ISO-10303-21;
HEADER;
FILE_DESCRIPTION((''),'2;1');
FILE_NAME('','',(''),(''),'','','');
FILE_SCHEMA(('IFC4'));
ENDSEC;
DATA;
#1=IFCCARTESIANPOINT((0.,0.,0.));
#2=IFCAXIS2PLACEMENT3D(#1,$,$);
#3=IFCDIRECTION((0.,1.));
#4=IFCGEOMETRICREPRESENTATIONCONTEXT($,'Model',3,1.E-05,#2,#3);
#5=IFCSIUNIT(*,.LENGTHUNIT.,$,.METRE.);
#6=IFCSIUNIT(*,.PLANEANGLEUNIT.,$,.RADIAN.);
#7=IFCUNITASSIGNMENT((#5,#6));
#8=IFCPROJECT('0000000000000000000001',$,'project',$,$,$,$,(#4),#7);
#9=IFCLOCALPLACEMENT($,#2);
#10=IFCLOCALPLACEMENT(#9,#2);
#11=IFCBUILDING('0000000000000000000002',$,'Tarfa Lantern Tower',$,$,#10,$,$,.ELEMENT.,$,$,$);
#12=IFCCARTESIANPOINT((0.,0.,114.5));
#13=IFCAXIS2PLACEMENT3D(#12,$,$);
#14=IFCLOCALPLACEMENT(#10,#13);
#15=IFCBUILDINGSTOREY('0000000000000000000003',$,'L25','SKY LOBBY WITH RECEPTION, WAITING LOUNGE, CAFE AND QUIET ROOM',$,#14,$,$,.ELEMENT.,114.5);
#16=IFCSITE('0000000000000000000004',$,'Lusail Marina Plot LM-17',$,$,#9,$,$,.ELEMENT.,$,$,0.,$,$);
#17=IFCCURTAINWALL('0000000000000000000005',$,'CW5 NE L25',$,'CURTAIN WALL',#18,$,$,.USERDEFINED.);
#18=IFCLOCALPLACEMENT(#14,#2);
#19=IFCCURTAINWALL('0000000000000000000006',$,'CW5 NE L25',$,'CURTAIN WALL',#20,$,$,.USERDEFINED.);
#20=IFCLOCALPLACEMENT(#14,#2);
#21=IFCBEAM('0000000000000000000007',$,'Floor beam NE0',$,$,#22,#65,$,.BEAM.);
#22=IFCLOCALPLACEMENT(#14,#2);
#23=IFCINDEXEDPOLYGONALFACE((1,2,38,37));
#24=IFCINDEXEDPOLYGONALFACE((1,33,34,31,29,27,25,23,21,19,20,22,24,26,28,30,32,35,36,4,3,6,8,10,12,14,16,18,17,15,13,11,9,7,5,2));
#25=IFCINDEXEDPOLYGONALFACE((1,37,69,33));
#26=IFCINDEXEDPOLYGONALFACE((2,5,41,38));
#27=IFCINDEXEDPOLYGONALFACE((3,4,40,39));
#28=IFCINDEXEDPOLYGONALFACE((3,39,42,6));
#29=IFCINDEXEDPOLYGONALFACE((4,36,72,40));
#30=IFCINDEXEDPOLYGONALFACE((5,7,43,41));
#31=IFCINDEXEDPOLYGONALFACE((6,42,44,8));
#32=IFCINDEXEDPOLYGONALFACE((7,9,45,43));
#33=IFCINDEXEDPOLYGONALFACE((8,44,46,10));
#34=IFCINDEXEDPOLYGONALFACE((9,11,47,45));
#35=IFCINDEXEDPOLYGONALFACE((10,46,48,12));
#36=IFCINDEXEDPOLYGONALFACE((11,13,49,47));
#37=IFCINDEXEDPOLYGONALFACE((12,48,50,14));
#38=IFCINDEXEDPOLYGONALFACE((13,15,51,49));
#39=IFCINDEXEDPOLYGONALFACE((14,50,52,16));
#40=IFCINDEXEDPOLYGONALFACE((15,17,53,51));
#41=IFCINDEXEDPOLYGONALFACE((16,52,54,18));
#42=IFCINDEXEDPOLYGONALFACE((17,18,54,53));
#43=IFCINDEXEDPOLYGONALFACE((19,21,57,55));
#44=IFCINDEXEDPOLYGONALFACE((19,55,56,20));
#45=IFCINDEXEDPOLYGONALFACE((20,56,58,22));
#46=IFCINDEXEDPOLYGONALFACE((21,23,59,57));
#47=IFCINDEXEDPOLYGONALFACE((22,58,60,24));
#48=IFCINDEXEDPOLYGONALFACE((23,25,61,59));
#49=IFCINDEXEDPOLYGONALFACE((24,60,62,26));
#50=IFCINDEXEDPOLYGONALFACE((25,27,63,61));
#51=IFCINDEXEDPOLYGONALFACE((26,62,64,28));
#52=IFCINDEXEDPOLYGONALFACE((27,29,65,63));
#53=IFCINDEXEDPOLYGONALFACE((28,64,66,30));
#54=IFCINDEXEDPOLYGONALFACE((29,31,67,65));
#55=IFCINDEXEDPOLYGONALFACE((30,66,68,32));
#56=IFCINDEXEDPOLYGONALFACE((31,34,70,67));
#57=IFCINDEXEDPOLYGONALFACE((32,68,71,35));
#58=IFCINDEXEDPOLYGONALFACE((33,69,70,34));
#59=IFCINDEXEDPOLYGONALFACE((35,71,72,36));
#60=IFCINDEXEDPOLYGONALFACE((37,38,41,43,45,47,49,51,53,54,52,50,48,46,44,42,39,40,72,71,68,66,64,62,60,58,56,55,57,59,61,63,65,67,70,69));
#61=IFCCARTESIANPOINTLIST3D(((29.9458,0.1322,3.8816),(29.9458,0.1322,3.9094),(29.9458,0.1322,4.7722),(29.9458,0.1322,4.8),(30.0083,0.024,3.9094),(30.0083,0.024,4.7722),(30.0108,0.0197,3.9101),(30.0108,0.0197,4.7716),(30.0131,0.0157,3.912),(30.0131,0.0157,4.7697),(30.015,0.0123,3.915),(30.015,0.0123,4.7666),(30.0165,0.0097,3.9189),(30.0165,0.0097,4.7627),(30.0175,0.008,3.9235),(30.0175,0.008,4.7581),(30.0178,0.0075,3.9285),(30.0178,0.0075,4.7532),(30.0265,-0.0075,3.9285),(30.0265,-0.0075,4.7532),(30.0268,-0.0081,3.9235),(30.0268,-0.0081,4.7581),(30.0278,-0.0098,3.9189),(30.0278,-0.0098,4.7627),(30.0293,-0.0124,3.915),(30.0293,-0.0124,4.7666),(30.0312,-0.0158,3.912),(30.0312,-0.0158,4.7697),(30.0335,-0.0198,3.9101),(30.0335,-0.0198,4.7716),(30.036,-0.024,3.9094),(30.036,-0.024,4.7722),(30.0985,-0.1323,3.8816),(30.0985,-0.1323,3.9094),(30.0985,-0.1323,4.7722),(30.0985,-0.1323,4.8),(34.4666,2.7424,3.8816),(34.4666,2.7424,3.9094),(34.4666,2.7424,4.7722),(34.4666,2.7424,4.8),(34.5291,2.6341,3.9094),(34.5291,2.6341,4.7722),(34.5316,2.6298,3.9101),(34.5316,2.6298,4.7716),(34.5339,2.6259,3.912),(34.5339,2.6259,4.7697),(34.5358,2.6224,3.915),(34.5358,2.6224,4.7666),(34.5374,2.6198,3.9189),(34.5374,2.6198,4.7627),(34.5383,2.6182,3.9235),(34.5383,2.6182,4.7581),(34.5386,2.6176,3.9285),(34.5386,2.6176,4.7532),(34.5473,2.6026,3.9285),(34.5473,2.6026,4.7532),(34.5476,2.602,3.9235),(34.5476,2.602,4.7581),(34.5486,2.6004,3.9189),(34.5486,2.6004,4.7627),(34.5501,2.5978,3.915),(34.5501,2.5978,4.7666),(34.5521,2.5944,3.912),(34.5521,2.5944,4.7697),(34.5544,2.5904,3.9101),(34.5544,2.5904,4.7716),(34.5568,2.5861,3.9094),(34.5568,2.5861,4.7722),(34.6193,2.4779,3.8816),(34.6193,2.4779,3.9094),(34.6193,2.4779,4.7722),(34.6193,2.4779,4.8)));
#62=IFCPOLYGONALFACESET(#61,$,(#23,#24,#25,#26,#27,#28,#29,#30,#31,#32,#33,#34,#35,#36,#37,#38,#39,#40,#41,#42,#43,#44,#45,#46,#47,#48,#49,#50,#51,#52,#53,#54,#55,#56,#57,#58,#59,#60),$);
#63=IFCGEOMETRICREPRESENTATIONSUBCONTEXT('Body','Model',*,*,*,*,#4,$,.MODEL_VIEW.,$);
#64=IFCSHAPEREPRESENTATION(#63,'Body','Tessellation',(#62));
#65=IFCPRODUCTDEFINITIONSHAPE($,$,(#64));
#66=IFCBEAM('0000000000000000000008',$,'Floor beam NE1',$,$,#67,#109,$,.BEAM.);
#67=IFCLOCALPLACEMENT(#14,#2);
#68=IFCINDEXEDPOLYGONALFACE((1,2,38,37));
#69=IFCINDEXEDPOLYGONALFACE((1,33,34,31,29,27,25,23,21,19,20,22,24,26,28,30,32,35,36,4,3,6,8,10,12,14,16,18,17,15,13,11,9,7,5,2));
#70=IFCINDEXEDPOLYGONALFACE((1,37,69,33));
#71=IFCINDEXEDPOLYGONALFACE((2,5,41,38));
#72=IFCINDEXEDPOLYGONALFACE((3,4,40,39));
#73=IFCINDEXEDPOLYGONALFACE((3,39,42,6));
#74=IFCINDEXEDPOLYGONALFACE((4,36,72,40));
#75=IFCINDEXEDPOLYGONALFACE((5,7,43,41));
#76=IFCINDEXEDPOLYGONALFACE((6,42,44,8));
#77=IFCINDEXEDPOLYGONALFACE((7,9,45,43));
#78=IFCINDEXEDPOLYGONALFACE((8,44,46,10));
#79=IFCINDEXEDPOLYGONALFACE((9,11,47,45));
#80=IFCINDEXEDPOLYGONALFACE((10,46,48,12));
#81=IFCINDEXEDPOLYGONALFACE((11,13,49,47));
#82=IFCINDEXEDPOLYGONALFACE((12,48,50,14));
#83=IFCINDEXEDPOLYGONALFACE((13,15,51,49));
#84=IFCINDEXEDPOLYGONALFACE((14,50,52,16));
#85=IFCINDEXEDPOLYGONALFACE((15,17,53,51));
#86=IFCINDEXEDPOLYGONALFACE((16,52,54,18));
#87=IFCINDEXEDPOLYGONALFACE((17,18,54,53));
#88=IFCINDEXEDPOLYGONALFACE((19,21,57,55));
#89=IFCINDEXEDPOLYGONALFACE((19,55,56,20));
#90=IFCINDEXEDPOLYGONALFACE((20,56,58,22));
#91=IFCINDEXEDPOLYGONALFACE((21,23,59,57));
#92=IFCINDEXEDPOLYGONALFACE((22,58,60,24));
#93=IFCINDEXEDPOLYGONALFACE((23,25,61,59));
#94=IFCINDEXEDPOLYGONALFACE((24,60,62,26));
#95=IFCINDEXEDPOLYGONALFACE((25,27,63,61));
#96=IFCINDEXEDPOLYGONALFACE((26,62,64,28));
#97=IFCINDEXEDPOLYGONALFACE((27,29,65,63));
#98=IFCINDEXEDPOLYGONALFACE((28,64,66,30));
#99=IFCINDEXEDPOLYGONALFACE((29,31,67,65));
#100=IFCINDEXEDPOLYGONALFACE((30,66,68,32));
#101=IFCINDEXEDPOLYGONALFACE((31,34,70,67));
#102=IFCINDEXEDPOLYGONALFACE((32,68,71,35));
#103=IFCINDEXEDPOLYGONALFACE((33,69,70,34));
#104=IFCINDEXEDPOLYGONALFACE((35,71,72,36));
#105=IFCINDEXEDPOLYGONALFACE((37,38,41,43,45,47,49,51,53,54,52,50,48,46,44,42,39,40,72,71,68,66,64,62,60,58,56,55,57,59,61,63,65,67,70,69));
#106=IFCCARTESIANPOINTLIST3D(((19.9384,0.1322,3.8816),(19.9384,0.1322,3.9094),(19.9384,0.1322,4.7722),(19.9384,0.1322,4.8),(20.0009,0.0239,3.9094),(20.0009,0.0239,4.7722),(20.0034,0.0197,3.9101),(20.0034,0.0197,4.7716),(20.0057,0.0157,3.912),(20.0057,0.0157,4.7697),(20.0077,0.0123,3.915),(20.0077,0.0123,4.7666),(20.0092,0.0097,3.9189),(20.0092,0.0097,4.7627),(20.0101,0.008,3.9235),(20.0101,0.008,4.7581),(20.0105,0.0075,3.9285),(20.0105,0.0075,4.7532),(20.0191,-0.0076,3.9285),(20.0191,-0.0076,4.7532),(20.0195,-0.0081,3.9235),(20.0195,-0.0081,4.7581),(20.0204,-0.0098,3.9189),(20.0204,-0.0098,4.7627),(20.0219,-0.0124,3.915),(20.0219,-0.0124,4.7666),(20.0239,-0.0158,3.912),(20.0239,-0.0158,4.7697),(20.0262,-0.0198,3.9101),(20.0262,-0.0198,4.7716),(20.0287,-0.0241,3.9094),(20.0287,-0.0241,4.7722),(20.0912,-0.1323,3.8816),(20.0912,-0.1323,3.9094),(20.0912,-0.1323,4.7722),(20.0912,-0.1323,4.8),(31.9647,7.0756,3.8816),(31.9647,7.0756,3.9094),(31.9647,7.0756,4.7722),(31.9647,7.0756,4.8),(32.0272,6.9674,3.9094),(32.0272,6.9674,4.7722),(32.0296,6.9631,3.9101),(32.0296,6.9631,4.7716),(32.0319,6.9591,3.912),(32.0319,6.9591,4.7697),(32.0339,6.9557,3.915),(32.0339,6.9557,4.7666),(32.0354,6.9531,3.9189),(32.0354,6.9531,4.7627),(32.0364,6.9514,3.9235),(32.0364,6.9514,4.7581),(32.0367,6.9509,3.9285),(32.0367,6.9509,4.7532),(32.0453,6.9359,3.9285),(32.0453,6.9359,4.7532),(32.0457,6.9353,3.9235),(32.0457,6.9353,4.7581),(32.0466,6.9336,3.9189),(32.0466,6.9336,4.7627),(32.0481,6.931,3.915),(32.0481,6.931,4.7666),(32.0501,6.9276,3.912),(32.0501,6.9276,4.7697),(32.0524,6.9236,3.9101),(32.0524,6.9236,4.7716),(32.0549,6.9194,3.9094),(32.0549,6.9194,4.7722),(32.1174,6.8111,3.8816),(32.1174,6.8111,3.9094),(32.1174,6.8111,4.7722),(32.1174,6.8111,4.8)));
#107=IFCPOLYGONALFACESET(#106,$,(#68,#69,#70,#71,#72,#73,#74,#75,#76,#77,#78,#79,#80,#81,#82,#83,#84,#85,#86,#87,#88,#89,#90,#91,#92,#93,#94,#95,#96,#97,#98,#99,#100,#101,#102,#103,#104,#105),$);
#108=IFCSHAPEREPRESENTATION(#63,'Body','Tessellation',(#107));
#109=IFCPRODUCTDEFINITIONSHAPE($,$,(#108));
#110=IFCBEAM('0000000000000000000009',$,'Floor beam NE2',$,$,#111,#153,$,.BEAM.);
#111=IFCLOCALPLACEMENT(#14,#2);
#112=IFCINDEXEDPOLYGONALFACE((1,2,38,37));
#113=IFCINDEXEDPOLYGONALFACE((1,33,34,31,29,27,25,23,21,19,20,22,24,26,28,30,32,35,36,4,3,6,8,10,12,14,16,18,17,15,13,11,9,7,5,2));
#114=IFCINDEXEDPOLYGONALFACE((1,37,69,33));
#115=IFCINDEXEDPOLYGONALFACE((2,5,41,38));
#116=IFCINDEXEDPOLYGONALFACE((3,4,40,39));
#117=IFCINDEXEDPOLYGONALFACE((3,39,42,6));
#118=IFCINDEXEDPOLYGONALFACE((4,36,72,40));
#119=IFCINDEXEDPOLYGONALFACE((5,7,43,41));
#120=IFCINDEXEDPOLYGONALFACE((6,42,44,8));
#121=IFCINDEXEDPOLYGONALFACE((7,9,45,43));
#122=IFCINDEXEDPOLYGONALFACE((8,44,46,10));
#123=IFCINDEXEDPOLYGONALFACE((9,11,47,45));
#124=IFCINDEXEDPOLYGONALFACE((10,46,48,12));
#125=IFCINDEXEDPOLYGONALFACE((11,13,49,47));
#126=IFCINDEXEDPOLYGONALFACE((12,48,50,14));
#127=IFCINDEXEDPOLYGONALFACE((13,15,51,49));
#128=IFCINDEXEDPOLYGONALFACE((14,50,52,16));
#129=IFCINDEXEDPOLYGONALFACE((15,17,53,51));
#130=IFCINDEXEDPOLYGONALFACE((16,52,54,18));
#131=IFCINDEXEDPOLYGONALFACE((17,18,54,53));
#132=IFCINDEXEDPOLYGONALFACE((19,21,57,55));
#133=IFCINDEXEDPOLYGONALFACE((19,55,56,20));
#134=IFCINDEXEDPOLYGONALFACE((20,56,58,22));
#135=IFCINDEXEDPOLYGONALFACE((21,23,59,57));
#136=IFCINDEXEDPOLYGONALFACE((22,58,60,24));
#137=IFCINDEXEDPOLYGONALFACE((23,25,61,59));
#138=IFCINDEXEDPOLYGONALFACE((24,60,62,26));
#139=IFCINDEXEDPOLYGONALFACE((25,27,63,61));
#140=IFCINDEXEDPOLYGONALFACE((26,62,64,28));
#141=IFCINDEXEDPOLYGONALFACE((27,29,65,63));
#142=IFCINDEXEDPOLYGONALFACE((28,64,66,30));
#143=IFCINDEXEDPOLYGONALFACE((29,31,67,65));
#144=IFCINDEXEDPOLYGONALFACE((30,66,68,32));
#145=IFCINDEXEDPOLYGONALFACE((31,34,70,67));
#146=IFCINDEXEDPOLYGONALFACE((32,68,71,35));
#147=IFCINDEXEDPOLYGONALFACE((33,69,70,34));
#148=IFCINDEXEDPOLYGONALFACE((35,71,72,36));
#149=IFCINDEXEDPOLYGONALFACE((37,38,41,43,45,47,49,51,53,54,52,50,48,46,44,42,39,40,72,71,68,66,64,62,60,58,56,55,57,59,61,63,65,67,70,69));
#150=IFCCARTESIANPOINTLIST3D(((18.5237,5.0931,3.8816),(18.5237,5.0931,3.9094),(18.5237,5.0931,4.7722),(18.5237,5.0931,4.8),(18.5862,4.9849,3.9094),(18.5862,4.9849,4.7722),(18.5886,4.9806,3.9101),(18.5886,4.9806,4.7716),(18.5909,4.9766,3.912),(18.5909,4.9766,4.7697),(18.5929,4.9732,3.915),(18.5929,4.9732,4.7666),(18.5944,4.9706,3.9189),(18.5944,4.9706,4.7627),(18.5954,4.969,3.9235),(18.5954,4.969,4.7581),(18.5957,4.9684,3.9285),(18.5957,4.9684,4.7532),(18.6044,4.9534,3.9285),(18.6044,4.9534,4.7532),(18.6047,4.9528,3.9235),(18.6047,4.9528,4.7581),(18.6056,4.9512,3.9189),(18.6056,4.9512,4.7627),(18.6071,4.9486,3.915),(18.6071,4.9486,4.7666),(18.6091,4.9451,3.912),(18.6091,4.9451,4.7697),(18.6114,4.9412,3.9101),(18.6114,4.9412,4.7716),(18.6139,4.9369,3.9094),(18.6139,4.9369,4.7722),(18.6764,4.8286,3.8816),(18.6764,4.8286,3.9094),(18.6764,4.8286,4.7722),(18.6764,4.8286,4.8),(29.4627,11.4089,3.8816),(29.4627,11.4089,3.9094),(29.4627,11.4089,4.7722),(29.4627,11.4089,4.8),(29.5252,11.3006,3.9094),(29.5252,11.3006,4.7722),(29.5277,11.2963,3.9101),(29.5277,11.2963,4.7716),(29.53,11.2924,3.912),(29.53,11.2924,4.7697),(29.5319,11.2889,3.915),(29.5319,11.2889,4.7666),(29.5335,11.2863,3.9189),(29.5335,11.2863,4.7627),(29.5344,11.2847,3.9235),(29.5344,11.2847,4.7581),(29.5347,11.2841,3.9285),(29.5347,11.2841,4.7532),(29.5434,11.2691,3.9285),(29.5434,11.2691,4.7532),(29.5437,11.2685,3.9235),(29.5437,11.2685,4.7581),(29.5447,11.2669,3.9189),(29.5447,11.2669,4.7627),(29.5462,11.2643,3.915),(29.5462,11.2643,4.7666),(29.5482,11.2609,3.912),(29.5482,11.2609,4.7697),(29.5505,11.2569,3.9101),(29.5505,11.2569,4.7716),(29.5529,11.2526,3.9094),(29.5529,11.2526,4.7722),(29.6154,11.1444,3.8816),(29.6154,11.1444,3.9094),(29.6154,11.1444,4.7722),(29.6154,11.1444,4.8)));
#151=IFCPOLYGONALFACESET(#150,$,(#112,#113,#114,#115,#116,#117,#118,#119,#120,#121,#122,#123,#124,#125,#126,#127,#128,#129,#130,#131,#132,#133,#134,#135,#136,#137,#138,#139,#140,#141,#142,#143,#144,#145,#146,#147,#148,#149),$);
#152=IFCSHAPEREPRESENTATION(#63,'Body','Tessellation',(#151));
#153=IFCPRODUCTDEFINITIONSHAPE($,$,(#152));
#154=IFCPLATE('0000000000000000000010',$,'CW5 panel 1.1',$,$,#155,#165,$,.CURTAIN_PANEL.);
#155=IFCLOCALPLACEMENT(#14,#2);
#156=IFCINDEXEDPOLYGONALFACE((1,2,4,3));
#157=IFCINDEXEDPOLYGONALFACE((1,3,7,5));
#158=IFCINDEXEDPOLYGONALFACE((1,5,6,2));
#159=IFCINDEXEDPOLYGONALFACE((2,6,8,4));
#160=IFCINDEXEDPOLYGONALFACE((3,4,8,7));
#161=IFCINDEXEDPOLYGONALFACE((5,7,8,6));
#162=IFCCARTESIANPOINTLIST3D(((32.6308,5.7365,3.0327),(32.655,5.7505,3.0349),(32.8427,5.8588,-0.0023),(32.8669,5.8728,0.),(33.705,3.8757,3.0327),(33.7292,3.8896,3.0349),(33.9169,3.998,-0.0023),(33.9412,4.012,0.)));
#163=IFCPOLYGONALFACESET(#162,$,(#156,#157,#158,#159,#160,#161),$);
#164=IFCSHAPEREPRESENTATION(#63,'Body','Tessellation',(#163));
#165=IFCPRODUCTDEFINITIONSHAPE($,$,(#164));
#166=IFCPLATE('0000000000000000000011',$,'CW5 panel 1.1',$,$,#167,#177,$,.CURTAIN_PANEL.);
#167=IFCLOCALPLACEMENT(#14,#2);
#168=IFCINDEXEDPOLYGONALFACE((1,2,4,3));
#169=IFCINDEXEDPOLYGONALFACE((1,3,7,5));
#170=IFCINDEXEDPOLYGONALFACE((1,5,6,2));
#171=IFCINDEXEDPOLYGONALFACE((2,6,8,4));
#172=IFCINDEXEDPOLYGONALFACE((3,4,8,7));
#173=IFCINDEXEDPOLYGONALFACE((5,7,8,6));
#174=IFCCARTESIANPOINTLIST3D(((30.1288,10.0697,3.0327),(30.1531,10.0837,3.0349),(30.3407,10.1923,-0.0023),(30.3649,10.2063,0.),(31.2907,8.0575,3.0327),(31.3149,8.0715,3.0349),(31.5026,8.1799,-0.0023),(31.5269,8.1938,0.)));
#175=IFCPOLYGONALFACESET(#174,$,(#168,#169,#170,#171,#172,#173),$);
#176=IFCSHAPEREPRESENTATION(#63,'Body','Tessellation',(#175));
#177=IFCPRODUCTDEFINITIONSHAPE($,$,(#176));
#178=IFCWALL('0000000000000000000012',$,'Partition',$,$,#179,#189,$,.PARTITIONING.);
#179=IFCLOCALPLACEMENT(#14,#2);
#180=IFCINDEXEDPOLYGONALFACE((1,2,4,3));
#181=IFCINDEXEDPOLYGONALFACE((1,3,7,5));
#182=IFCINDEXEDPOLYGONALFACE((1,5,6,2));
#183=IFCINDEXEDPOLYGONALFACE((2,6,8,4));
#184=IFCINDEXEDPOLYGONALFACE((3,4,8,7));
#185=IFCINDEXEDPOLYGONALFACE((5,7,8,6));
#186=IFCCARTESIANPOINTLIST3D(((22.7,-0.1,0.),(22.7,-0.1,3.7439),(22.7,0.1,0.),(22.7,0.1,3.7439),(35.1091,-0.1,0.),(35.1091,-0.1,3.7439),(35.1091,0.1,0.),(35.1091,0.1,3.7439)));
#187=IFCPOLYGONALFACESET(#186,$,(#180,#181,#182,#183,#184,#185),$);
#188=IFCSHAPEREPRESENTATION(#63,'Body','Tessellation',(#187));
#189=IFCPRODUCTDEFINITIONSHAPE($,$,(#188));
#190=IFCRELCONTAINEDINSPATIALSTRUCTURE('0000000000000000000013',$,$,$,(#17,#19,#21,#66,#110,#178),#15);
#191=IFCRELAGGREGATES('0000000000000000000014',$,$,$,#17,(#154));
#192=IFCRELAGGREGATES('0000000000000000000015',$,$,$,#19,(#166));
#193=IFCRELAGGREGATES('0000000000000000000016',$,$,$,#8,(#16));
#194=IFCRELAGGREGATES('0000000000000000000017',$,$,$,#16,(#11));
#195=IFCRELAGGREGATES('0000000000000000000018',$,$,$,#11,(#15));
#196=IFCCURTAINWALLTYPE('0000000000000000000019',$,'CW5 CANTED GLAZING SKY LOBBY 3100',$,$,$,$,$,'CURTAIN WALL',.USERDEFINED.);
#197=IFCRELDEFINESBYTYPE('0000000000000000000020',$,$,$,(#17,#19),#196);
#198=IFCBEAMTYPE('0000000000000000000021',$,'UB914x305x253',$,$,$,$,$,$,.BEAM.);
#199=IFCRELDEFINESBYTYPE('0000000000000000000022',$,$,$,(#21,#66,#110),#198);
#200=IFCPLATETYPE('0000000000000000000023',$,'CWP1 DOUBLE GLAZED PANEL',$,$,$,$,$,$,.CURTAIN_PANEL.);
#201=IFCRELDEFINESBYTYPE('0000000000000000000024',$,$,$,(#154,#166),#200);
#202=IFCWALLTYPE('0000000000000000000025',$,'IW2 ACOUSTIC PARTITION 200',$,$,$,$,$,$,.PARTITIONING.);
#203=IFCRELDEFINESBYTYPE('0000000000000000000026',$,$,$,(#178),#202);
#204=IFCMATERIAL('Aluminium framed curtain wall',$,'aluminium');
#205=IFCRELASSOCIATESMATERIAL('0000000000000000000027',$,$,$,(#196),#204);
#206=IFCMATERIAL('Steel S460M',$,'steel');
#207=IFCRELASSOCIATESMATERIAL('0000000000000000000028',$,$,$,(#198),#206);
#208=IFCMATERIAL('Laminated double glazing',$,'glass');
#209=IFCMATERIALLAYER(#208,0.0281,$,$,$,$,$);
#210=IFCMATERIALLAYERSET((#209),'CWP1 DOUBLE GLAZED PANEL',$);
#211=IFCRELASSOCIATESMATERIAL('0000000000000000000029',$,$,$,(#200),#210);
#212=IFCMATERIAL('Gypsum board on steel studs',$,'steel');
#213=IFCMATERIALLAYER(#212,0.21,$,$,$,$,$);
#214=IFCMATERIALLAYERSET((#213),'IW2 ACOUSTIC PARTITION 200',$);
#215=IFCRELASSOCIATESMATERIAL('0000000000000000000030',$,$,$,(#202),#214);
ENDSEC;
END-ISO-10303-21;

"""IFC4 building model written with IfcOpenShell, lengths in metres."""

from ifc_helpers import new_model, si_unit, direction, frame, frame_2d, origin, origin_2d, place, context, subcontext, project, spatial, polyline, rectangle, i_section, outline, extrude, material, layer, layer_set, material_profile, profile_set, type_object, element, aggregate, save


model = new_model("IFC4")

# Units and contexts
model_context = context("Model", 3, precision=1e-05, world=origin(), true_north=direction((0.0, 1.0)))
body_context = subcontext(model_context, "Body", "Model", "MODEL_VIEW")
ifc_project = project(units=[si_unit("LENGTHUNIT", "METRE"), si_unit("PLANEANGLEUNIT", "RADIAN")], contexts=[model_context])

# Site, building, storey
site_placement = place(None, origin())
site = spatial("IfcSite", under=ifc_project, at=site_placement, Name="Lusail Marina Plot LM-17", CompositionType="ELEMENT", RefElevation=0.0)
building_placement = place(site_placement, origin())
building = spatial("IfcBuilding", under=site, at=building_placement, Name="Tarfa Lantern Tower", CompositionType="ELEMENT")
storey_placement = place(building_placement, frame((0.0, 0.0, 114.5)))
storey = spatial("IfcBuildingStorey", under=building, at=storey_placement, Name="L25", Description="SKY LOBBY WITH RECEPTION, WAITING LOUNGE, CAFE AND QUIET ROOM", CompositionType="ELEMENT", Elevation=114.5)

# Curtain walls
ifc_material_1 = material(Name="Aluminium framed curtain wall", Category="aluminium")
curtain_wall_type = type_object("IfcCurtainWallType", Name="CW5 CANTED GLAZING SKY LOBBY 3100", ElementType="CURTAIN WALL", PredefinedType="USERDEFINED", material=ifc_material_1)
curtain_wall_1_placement = place(storey_placement, origin())
curtain_wall_1 = element("IfcCurtainWall", 1, at=curtain_wall_1_placement, inside=storey, type_object=curtain_wall_type, Name="CW5 NE L25", ObjectType="CURTAIN WALL", PredefinedType="USERDEFINED")
curtain_wall_2_placement = place(storey_placement, origin())
curtain_wall_2 = element("IfcCurtainWall", 2, at=curtain_wall_2_placement, inside=storey, type_object=curtain_wall_type, Name="CW5 NE L25", ObjectType="CURTAIN WALL", PredefinedType="USERDEFINED")

# Beams
ifc_material_2 = material(Name="Steel S460M", Category="steel")
ifc_material_profile_1 = material_profile(ifc_material_2, i_section(OverallWidth=0.3054, OverallDepth=0.9185, WebThickness=0.0173, FlangeThickness=0.0278, FilletRadius=0.019, at=origin_2d()), Name="UB914x305x253")
ifc_profile_set_1 = profile_set([ifc_material_profile_1], Name="Steel S460M")
beam_type_1 = type_object("IfcBeamType", Name="UB914x305x253", PredefinedType="BEAM", material=ifc_profile_set_1)
beam_1_placement = place(storey_placement, frame((34.543, 2.6101, 4.3408), z_axis=(-0.866021, -0.500007, 0.0), x_axis=(0.500007, -0.866021, 0.0)))
element("IfcBeam", 3, at=beam_1_placement, inside=storey, type_object=beam_type_1, Name="Floor beam NE0", PredefinedType="BEAM", context=body_context, shape_type="SweptSolid", body=[
    extrude(i_section(OverallWidth=0.3054, OverallDepth=0.9185, WebThickness=0.0173, FlangeThickness=0.0278, FilletRadius=0.019, at=origin_2d()), origin(), (0.0, 0.0, 1.0), 5.2202),
])
beam_2_placement = place(storey_placement, frame((32.041, 6.9434, 4.3408), z_axis=(-0.866023, -0.500004, 0.0), x_axis=(0.500004, -0.866023, 0.0)))
element("IfcBeam", 4, at=beam_2_placement, inside=storey, type_object=beam_type_1, Name="Floor beam NE1", PredefinedType="BEAM", context=body_context, shape_type="SweptSolid", body=[
    extrude(i_section(OverallWidth=0.3054, OverallDepth=0.9185, WebThickness=0.0173, FlangeThickness=0.0278, FilletRadius=0.019, at=origin_2d()), origin(), (0.0, 0.0, 1.0), 13.8867),
])
beam_3_placement = place(storey_placement, frame((29.5391, 11.2766, 4.3408), z_axis=(-0.866023, -0.500004, 0.0), x_axis=(0.500004, -0.866023, 0.0)))
element("IfcBeam", 5, at=beam_3_placement, inside=storey, type_object=beam_type_1, Name="Floor beam NE2", PredefinedType="BEAM", context=body_context, shape_type="SweptSolid", body=[
    extrude(i_section(OverallWidth=0.3054, OverallDepth=0.9185, WebThickness=0.0173, FlangeThickness=0.0278, FilletRadius=0.019, at=origin_2d()), origin(), (0.0, 0.0, 1.0), 12.6313),
])

# Plates
ifc_material_3 = material(Name="Laminated double glazing", Category="glass")
ifc_layer_1 = layer(ifc_material_3, 0.0281)
ifc_layer_set_1 = layer_set([ifc_layer_1], Name="CWP1 DOUBLE GLAZED PANEL")
plate_type = type_object("IfcPlateType", Name="CWP1 DOUBLE GLAZED PANEL", PredefinedType="CURTAIN_PANEL", material=ifc_layer_set_1)
plate_1_placement = place(storey_placement, frame((33.9412, 4.012, 0.0), z_axis=(0.863252, 0.498335, 0.080361), x_axis=(-0.499952, 0.866053, 0.0)))
plate_1 = element("IfcPlate", 6, at=plate_1_placement, type_object=plate_type, Name="CW5 panel 1.1", PredefinedType="CURTAIN_PANEL", context=body_context, shape_type="SweptSolid", body=[
    extrude(outline(polyline([(0.0, 0.0), (2.1486, 0.0), (2.1487, 3.0448), (0.0, 3.0448), (0.0, 0.0)])), origin(), (0.0, 0.0, -1.0), 0.0281),
])
aggregate(curtain_wall_1, [plate_1])
plate_2_placement = place(storey_placement, frame((31.5269, 8.1938, 0.0), z_axis=(0.863214, 0.498397, 0.080381), x_axis=(-0.500015, 0.866017, -0.000002)))
plate_2 = element("IfcPlate", 7, at=plate_2_placement, type_object=plate_type, Name="CW5 panel 1.1", PredefinedType="CURTAIN_PANEL", context=body_context, shape_type="SweptSolid", body=[
    extrude(outline(polyline([(0.0, 0.0), (2.3238, 0.0), (2.3236, 3.0448), (0.0, 3.0448), (0.0, 0.0)])), origin(), (0.0, 0.0, -1.0), 0.0281),
])
aggregate(curtain_wall_2, [plate_2])

# Wall
ifc_material_4 = material(Name="Gypsum board on steel studs", Category="steel")
ifc_layer_2 = layer(ifc_material_4, 0.21)
ifc_layer_set_2 = layer_set([ifc_layer_2], Name="IW2 ACOUSTIC PARTITION 200")
wall_type = type_object("IfcWallType", Name="IW2 ACOUSTIC PARTITION 200", PredefinedType="PARTITIONING", material=ifc_layer_set_2)
wall_placement = place(storey_placement, frame((22.7, 0.0, 0.0), z_axis=(0.0, 0.0, 1.0), x_axis=(1.0, 0.0, 0.0)))
element("IfcWall", 8, at=wall_placement, inside=storey, type_object=wall_type, Name="Partition", PredefinedType="PARTITIONING", context=body_context, shape_type="SweptSolid", body=[
    extrude(rectangle(XDim=12.4092, YDim=0.2, at=frame_2d((6.2046, 0.0))), origin(), (0.0, 0.0, 1.0), 3.7439),
])

save(model, "model.ifc")
